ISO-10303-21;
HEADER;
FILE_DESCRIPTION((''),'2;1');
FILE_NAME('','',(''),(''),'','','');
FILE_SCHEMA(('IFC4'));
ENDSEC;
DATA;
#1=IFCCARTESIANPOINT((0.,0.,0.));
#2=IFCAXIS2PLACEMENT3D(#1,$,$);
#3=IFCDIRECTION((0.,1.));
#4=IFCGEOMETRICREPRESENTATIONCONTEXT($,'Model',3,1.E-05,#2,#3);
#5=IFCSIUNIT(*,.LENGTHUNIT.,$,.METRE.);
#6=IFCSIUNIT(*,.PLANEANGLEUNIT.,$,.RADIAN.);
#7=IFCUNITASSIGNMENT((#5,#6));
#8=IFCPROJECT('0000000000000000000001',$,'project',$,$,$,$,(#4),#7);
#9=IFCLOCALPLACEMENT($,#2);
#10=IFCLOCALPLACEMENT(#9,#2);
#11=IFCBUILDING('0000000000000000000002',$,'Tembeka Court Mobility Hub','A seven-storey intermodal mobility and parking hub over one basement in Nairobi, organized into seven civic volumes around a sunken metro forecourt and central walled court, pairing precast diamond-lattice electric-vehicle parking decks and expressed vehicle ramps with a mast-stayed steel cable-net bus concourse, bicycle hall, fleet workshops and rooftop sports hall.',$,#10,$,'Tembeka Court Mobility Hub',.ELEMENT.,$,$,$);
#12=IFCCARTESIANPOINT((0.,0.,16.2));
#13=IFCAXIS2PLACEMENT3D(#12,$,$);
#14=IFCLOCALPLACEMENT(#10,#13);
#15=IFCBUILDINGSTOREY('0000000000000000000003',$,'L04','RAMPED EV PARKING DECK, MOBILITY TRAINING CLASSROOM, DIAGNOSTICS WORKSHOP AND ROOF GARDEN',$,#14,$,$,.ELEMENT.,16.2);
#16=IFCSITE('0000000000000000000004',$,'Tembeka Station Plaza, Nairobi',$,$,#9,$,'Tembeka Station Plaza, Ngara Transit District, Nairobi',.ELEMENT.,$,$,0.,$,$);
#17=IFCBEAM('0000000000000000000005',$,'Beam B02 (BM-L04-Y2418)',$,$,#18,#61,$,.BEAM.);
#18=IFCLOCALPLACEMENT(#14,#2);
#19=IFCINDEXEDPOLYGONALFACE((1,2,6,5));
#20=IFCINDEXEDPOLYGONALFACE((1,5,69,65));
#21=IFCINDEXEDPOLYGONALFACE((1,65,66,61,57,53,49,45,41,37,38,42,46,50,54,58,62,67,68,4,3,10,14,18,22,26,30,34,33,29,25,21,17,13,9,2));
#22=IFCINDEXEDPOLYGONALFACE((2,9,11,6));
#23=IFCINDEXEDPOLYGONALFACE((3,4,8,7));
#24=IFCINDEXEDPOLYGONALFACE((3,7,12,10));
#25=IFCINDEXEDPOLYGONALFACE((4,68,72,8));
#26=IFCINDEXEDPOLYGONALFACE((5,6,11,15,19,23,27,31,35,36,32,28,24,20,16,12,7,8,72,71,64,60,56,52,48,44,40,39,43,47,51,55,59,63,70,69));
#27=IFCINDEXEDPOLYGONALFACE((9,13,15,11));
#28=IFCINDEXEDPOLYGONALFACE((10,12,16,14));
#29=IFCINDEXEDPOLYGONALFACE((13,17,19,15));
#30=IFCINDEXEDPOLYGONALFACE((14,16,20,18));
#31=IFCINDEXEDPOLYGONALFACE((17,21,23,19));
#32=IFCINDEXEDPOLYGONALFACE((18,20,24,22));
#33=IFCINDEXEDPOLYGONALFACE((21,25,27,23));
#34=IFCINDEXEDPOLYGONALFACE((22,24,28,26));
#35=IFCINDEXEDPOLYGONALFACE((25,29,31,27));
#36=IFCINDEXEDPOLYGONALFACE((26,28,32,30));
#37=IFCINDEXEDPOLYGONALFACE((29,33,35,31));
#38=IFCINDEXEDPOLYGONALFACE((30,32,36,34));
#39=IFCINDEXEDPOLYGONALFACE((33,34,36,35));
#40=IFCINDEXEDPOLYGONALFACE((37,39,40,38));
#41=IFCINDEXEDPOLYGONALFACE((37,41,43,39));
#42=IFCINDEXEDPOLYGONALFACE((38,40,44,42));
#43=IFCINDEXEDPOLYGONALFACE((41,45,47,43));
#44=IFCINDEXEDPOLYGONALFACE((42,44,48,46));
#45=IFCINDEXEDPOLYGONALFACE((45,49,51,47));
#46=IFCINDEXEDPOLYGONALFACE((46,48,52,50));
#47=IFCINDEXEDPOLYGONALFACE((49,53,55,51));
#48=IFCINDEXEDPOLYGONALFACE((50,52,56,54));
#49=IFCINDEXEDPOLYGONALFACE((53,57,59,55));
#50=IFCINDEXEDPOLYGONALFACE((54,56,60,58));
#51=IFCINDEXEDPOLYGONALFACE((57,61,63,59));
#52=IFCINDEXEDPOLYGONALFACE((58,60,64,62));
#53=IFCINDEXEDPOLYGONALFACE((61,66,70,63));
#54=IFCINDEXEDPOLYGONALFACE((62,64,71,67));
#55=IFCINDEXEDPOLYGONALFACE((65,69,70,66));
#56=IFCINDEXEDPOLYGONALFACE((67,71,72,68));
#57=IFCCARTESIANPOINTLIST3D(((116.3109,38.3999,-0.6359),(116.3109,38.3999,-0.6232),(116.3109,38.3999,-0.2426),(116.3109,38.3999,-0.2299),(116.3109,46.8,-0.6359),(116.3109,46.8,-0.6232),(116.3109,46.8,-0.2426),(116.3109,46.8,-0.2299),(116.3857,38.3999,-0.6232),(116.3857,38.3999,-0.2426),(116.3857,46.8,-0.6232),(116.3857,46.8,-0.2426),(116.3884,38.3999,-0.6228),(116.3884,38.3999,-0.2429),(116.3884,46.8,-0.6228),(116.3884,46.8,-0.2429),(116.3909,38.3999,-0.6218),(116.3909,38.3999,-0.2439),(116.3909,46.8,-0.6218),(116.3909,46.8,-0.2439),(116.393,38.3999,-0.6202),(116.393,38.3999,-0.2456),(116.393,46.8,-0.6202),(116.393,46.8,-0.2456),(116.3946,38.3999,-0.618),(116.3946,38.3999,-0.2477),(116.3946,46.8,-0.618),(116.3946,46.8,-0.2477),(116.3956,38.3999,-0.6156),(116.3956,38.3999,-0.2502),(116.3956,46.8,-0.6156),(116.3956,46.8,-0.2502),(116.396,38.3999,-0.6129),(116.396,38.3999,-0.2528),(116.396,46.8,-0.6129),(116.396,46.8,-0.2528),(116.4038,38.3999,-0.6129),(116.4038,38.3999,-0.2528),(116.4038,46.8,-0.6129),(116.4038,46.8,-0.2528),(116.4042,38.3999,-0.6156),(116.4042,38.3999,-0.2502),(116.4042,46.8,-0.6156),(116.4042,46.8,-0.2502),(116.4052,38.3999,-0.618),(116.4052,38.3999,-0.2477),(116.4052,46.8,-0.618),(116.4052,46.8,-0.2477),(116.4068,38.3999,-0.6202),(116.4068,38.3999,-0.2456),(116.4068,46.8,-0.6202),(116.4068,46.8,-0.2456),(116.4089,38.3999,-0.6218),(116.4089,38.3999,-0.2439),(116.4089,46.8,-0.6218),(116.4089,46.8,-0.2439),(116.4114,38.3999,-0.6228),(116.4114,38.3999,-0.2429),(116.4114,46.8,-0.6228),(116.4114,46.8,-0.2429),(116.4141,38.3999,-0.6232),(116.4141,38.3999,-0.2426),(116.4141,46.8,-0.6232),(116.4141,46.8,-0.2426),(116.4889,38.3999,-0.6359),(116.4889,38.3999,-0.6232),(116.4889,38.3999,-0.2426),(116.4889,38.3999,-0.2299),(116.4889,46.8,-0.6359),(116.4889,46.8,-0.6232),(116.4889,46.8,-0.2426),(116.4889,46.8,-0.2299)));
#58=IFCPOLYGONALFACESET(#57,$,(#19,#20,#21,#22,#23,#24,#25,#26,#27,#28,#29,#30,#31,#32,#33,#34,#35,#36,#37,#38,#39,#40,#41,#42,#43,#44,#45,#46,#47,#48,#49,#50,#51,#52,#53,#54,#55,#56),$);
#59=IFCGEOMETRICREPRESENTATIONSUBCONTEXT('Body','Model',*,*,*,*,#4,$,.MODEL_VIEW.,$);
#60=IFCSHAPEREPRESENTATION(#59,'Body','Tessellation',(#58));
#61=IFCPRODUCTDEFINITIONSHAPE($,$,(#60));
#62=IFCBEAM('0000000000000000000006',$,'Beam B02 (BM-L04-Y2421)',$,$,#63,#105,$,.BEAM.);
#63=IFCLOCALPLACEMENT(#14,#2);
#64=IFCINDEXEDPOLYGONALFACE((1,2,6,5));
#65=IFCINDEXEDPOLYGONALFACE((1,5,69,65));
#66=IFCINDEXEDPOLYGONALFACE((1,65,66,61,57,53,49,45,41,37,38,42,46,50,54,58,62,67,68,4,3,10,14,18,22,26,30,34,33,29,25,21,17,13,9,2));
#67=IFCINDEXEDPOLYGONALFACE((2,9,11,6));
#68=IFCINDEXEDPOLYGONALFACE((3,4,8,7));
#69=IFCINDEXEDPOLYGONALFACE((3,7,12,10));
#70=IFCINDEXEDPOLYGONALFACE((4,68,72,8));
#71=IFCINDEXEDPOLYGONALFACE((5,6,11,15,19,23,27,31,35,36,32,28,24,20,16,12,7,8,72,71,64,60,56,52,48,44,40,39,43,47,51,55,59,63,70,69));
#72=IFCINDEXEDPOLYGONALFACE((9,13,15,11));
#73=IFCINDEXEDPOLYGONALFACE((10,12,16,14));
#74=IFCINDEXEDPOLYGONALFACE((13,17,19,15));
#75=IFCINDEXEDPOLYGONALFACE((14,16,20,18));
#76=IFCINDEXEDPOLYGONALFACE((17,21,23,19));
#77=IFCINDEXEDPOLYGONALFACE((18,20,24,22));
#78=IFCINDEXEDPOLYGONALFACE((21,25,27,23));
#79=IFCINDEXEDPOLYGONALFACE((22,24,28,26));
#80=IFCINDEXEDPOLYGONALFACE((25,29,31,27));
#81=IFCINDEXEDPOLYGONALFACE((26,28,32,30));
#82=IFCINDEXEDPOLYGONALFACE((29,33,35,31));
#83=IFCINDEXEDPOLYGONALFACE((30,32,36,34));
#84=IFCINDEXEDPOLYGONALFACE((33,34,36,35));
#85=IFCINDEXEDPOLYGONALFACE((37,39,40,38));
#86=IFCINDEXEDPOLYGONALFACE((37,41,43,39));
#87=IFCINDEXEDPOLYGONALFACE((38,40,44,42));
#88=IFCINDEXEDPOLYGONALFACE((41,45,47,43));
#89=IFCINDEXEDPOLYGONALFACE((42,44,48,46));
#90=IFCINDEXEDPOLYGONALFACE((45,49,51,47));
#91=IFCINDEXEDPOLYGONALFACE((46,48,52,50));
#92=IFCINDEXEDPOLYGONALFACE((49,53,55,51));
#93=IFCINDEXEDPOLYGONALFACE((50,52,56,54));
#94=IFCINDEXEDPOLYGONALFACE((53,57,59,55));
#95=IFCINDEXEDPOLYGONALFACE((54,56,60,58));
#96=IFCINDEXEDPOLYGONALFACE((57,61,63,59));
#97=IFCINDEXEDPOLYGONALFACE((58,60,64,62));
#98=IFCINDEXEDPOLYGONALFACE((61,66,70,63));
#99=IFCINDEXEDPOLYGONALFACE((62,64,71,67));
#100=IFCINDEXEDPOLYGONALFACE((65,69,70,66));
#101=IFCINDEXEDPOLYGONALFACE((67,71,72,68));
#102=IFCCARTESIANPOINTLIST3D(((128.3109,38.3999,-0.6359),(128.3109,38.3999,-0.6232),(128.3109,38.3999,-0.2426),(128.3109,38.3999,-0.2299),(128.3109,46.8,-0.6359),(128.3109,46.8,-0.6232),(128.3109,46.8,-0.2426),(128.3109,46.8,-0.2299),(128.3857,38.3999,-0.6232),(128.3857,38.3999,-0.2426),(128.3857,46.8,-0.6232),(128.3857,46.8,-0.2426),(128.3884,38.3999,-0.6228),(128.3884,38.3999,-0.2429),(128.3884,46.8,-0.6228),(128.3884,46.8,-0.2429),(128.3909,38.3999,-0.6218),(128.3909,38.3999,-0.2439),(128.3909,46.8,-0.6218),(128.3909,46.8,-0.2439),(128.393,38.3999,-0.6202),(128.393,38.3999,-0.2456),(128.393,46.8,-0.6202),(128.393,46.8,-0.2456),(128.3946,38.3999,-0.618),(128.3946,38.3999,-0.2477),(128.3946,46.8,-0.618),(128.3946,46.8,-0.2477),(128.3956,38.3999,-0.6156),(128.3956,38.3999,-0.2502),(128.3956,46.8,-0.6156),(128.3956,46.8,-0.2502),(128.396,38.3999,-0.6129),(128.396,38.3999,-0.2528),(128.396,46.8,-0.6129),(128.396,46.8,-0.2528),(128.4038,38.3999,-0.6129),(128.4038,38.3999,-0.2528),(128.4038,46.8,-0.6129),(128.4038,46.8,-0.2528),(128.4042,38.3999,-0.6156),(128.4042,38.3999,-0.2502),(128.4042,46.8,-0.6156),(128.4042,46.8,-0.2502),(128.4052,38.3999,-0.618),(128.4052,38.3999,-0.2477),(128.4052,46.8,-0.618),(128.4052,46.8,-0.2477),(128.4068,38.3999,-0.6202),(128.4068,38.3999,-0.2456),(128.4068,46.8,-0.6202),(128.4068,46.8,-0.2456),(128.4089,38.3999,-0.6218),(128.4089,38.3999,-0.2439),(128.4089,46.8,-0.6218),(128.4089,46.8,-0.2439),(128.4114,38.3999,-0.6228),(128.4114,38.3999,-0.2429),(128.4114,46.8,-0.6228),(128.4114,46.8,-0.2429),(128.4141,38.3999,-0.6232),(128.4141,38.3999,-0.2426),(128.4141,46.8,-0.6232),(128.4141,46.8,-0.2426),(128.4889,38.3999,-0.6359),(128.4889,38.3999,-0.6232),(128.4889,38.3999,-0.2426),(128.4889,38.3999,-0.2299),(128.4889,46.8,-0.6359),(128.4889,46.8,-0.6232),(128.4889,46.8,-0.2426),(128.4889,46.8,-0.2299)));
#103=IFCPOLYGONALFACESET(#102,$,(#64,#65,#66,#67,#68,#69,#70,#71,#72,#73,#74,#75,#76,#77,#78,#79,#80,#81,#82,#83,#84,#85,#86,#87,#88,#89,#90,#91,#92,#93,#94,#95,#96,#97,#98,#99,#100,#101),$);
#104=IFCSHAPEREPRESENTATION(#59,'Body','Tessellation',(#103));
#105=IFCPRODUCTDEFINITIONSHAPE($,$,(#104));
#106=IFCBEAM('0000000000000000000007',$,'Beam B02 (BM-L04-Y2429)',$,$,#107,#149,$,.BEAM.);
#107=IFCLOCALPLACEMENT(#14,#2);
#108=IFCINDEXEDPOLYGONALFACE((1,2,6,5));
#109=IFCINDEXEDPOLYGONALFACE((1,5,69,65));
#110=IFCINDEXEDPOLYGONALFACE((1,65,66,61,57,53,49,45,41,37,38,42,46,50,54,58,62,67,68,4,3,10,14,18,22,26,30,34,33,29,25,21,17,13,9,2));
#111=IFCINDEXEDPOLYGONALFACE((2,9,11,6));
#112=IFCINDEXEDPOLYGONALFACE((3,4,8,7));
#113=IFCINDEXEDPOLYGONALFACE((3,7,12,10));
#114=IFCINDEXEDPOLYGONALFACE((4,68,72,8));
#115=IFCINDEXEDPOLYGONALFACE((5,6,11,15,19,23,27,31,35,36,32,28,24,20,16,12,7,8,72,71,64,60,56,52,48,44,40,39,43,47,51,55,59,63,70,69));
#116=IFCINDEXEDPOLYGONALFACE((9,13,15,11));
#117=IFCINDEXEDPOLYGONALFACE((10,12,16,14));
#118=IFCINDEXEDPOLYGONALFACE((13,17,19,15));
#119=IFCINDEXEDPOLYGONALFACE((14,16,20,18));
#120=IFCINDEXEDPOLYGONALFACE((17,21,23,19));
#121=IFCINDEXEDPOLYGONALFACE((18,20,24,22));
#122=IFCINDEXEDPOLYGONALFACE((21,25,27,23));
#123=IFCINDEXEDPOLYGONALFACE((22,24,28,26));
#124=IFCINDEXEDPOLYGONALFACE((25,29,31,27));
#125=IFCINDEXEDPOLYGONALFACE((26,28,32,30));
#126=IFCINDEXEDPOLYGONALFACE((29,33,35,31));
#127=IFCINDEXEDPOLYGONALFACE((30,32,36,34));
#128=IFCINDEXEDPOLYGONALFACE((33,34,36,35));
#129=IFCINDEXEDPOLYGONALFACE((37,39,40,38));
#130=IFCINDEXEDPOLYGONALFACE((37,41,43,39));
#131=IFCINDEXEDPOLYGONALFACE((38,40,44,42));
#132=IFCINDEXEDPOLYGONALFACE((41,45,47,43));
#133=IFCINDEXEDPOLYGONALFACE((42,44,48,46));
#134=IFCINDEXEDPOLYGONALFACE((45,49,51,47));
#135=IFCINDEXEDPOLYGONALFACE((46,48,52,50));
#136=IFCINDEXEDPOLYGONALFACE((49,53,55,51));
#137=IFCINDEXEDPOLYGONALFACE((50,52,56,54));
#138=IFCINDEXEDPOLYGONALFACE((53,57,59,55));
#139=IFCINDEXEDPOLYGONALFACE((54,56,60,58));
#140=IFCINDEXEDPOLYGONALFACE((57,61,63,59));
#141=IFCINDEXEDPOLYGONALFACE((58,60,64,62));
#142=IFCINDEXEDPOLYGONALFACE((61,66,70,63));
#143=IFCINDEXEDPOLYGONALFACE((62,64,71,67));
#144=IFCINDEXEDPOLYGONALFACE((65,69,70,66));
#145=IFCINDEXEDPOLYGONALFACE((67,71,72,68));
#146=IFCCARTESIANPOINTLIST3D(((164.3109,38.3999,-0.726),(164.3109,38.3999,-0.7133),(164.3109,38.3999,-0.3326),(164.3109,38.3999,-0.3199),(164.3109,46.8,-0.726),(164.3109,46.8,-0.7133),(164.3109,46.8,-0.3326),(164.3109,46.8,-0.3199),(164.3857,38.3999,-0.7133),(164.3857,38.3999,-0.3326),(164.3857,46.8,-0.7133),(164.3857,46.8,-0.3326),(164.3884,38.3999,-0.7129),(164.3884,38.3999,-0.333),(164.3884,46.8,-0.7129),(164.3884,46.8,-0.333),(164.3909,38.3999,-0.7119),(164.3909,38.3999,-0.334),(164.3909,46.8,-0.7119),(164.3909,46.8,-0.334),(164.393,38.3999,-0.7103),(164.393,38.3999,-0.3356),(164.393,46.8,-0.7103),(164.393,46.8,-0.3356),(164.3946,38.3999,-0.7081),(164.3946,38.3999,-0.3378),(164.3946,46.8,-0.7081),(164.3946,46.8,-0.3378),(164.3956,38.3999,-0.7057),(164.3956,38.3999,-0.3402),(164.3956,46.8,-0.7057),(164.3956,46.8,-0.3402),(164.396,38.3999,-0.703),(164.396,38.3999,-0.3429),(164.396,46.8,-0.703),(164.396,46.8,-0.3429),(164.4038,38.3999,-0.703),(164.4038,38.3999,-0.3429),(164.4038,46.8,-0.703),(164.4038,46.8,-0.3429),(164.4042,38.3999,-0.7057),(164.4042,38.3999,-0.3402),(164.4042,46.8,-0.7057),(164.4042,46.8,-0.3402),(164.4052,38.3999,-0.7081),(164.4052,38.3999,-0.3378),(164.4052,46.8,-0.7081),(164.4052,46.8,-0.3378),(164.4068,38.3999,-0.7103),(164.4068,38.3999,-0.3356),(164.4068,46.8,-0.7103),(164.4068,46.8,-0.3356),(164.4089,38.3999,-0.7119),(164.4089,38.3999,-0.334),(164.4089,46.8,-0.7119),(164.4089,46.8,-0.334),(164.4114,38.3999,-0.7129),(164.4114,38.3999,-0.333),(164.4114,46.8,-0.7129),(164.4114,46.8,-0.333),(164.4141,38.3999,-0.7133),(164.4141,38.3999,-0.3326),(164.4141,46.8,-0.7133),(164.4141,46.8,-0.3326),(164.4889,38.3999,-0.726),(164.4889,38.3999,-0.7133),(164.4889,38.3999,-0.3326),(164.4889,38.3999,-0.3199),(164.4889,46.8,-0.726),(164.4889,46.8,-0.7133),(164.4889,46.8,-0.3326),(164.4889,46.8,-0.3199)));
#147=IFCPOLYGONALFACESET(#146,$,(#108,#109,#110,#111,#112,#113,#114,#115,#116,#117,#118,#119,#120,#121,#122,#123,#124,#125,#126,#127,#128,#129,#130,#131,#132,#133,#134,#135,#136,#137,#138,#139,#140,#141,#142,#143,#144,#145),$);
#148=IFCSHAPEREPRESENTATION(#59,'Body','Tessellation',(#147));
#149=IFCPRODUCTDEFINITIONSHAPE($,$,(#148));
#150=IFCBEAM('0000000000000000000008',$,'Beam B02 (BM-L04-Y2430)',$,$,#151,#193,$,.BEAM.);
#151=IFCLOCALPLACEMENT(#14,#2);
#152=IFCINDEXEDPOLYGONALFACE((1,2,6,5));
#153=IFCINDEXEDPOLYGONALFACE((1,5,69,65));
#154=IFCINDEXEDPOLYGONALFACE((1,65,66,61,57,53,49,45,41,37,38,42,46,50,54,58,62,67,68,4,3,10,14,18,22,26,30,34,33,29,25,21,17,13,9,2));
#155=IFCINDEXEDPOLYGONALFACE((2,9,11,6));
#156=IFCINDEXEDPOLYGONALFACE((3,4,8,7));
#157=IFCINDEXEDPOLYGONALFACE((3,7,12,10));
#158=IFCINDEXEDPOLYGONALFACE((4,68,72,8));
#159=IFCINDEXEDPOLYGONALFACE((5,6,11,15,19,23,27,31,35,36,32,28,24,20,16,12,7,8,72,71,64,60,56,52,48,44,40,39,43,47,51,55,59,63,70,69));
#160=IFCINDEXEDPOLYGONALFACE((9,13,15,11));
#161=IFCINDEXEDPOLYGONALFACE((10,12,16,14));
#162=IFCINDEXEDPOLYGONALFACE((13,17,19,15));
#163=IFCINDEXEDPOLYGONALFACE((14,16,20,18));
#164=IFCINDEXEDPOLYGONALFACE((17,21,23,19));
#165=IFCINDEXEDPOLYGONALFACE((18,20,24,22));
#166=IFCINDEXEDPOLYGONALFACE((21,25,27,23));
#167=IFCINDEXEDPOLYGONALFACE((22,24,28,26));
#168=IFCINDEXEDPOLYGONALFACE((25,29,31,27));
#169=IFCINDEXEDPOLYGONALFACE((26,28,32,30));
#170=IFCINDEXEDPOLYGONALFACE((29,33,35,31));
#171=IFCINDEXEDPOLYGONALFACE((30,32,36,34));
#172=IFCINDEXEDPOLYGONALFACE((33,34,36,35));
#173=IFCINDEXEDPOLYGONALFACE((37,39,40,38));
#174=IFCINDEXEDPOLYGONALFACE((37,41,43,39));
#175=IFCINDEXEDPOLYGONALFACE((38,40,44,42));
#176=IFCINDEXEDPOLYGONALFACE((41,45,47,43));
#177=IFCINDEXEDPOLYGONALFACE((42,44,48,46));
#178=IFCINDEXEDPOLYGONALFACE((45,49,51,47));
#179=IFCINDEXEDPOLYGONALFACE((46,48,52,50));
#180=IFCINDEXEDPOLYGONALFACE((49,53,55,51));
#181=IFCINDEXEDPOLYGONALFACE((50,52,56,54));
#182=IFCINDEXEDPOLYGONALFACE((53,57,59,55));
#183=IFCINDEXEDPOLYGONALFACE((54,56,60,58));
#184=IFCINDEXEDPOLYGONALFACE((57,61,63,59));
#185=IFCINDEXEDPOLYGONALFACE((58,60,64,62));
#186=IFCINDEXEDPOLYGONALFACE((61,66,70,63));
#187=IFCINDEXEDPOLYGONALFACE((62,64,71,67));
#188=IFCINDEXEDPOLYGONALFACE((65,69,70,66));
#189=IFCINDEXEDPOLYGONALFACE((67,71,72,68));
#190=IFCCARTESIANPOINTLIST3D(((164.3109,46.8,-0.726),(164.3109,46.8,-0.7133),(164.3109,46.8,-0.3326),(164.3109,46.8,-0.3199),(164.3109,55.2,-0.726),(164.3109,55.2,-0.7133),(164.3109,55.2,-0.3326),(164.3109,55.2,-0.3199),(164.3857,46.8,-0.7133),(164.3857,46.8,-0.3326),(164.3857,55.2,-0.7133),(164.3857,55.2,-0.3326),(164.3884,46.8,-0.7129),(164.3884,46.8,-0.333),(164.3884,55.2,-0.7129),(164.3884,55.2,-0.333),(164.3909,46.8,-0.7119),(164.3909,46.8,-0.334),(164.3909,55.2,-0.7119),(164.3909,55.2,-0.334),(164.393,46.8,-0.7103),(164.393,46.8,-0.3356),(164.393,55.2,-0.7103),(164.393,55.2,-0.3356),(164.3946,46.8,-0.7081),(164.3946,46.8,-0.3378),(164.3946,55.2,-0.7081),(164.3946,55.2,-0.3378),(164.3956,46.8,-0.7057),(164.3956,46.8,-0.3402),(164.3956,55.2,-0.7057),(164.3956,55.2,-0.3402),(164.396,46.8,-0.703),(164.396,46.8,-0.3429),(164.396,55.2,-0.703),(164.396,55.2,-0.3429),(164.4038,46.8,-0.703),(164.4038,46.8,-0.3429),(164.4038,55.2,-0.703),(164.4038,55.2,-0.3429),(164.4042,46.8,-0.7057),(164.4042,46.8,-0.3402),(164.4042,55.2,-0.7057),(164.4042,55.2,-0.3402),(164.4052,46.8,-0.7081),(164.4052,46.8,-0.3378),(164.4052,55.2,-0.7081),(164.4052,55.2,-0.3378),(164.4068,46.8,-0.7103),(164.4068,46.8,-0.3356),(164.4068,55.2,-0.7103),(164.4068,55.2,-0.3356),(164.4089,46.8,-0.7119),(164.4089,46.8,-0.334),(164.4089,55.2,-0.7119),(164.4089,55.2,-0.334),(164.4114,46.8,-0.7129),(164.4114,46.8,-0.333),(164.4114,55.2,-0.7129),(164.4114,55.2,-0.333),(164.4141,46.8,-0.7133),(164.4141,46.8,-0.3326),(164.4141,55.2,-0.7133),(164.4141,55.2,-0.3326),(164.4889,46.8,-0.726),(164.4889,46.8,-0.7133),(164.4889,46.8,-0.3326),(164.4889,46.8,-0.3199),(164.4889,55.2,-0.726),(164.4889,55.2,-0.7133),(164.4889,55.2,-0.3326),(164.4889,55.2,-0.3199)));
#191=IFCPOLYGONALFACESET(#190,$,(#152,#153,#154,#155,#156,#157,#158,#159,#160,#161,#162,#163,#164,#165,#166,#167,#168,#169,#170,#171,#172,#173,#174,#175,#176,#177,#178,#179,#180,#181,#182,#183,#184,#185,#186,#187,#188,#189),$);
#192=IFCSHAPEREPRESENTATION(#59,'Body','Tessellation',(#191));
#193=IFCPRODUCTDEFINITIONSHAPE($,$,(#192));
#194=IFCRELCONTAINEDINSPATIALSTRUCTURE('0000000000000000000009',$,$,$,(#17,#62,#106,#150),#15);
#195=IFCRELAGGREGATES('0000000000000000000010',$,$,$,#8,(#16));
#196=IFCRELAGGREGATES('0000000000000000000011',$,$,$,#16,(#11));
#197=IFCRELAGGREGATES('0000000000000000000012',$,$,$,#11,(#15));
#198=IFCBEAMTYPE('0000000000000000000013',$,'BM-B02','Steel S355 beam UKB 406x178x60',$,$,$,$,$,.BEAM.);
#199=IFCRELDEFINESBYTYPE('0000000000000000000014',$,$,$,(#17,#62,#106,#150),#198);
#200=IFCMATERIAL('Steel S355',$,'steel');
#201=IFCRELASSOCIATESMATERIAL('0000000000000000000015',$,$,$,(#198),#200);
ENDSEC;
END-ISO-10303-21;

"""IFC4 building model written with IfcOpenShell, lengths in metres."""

from ifc_helpers import new_model, si_unit, direction, frame, origin, origin_2d, place, context, subcontext, project, spatial, i_section, extrude, material, material_profile, profile_set, type_object, element, save


model = new_model("IFC4")

# Units and contexts
model_context = context("Model", 3, precision=1e-05, world=origin(), true_north=direction((0.0, 1.0)))
body_context = subcontext(model_context, "Body", "Model", "MODEL_VIEW")
ifc_project = project(units=[si_unit("LENGTHUNIT", "METRE"), si_unit("PLANEANGLEUNIT", "RADIAN")], contexts=[model_context])

# Site, building, storey
site_placement = place(None, origin())
site = spatial("IfcSite", under=ifc_project, at=site_placement, Name="Tembeka Station Plaza, Nairobi", LongName="Tembeka Station Plaza, Ngara Transit District, Nairobi", CompositionType="ELEMENT", RefElevation=0.0)
building_placement = place(site_placement, origin())
building = spatial("IfcBuilding", under=site, at=building_placement, Name="Tembeka Court Mobility Hub", Description="A seven-storey intermodal mobility and parking hub over one basement in Nairobi, organized into seven civic volumes around a sunken metro forecourt and central walled court, pairing precast diamond-lattice electric-vehicle parking decks and expressed vehicle ramps with a mast-stayed steel cable-net bus concourse, bicycle hall, fleet workshops and rooftop sports hall.", LongName="Tembeka Court Mobility Hub", CompositionType="ELEMENT")
storey_placement = place(building_placement, frame((0.0, 0.0, 16.2)))
storey = spatial("IfcBuildingStorey", under=building, at=storey_placement, Name="L04", Description="RAMPED EV PARKING DECK, MOBILITY TRAINING CLASSROOM, DIAGNOSTICS WORKSHOP AND ROOF GARDEN", CompositionType="ELEMENT", Elevation=16.2)

# Beams
ifc_material_1 = material(Name="Steel S355", Category="steel")
ifc_material_profile_1 = material_profile(ifc_material_1, i_section(OverallWidth=0.178, OverallDepth=0.406, WebThickness=0.0078, FlangeThickness=0.0127, FilletRadius=0.0103, at=origin_2d()), Name="UKB 406x178x60")
ifc_profile_set_1 = profile_set([ifc_material_profile_1], Name="Steel S355")
beam_type_1 = type_object("IfcBeamType", Name="BM-B02", Description="Steel S355 beam UKB 406x178x60", PredefinedType="BEAM", material=ifc_profile_set_1)
for number, where, z_axis, x_axis, name in (
    (1, (116.3999, 38.3999, -0.4329), (0.0, 1.0, 0.0), (-1.0, 0.0, 0.0), "Beam B02 (BM-L04-Y2418)"),
    (2, (128.3999, 38.3999, -0.4329), (0.0, 1.0, 0.0), (-1.0, 0.0, 0.0), "Beam B02 (BM-L04-Y2421)"),
    (3, (164.3999, 38.3999, -0.5229), (0.0, 1.0, 0.0), (-1.0, 0.0, 0.0), "Beam B02 (BM-L04-Y2429)"),
):
    element("IfcBeam", number, at=place(storey_placement, frame(where, z_axis=z_axis, x_axis=x_axis)), inside=storey, type_object=beam_type_1, Name=name, PredefinedType="BEAM", context=body_context, shape_type="SweptSolid", body=[
        extrude(i_section(OverallWidth=0.178, OverallDepth=0.406, WebThickness=0.0078, FlangeThickness=0.0127, FilletRadius=0.0103, at=origin_2d()), origin(), (0.0, 0.0, 1.0), 8.4001),
    ])
beam_1_placement = place(storey_placement, frame((164.3999, 46.8, -0.5229), z_axis=(0.0, 1.0, 0.0), x_axis=(-1.0, 0.0, 0.0)))
element("IfcBeam", 4, at=beam_1_placement, inside=storey, type_object=beam_type_1, Name="Beam B02 (BM-L04-Y2430)", PredefinedType="BEAM", context=body_context, shape_type="SweptSolid", body=[
    extrude(i_section(OverallWidth=0.178, OverallDepth=0.406, WebThickness=0.0078, FlangeThickness=0.0127, FilletRadius=0.0103, at=origin_2d()), origin(), (0.0, 0.0, 1.0), 8.3999),
])

save(model, "model.ifc")
